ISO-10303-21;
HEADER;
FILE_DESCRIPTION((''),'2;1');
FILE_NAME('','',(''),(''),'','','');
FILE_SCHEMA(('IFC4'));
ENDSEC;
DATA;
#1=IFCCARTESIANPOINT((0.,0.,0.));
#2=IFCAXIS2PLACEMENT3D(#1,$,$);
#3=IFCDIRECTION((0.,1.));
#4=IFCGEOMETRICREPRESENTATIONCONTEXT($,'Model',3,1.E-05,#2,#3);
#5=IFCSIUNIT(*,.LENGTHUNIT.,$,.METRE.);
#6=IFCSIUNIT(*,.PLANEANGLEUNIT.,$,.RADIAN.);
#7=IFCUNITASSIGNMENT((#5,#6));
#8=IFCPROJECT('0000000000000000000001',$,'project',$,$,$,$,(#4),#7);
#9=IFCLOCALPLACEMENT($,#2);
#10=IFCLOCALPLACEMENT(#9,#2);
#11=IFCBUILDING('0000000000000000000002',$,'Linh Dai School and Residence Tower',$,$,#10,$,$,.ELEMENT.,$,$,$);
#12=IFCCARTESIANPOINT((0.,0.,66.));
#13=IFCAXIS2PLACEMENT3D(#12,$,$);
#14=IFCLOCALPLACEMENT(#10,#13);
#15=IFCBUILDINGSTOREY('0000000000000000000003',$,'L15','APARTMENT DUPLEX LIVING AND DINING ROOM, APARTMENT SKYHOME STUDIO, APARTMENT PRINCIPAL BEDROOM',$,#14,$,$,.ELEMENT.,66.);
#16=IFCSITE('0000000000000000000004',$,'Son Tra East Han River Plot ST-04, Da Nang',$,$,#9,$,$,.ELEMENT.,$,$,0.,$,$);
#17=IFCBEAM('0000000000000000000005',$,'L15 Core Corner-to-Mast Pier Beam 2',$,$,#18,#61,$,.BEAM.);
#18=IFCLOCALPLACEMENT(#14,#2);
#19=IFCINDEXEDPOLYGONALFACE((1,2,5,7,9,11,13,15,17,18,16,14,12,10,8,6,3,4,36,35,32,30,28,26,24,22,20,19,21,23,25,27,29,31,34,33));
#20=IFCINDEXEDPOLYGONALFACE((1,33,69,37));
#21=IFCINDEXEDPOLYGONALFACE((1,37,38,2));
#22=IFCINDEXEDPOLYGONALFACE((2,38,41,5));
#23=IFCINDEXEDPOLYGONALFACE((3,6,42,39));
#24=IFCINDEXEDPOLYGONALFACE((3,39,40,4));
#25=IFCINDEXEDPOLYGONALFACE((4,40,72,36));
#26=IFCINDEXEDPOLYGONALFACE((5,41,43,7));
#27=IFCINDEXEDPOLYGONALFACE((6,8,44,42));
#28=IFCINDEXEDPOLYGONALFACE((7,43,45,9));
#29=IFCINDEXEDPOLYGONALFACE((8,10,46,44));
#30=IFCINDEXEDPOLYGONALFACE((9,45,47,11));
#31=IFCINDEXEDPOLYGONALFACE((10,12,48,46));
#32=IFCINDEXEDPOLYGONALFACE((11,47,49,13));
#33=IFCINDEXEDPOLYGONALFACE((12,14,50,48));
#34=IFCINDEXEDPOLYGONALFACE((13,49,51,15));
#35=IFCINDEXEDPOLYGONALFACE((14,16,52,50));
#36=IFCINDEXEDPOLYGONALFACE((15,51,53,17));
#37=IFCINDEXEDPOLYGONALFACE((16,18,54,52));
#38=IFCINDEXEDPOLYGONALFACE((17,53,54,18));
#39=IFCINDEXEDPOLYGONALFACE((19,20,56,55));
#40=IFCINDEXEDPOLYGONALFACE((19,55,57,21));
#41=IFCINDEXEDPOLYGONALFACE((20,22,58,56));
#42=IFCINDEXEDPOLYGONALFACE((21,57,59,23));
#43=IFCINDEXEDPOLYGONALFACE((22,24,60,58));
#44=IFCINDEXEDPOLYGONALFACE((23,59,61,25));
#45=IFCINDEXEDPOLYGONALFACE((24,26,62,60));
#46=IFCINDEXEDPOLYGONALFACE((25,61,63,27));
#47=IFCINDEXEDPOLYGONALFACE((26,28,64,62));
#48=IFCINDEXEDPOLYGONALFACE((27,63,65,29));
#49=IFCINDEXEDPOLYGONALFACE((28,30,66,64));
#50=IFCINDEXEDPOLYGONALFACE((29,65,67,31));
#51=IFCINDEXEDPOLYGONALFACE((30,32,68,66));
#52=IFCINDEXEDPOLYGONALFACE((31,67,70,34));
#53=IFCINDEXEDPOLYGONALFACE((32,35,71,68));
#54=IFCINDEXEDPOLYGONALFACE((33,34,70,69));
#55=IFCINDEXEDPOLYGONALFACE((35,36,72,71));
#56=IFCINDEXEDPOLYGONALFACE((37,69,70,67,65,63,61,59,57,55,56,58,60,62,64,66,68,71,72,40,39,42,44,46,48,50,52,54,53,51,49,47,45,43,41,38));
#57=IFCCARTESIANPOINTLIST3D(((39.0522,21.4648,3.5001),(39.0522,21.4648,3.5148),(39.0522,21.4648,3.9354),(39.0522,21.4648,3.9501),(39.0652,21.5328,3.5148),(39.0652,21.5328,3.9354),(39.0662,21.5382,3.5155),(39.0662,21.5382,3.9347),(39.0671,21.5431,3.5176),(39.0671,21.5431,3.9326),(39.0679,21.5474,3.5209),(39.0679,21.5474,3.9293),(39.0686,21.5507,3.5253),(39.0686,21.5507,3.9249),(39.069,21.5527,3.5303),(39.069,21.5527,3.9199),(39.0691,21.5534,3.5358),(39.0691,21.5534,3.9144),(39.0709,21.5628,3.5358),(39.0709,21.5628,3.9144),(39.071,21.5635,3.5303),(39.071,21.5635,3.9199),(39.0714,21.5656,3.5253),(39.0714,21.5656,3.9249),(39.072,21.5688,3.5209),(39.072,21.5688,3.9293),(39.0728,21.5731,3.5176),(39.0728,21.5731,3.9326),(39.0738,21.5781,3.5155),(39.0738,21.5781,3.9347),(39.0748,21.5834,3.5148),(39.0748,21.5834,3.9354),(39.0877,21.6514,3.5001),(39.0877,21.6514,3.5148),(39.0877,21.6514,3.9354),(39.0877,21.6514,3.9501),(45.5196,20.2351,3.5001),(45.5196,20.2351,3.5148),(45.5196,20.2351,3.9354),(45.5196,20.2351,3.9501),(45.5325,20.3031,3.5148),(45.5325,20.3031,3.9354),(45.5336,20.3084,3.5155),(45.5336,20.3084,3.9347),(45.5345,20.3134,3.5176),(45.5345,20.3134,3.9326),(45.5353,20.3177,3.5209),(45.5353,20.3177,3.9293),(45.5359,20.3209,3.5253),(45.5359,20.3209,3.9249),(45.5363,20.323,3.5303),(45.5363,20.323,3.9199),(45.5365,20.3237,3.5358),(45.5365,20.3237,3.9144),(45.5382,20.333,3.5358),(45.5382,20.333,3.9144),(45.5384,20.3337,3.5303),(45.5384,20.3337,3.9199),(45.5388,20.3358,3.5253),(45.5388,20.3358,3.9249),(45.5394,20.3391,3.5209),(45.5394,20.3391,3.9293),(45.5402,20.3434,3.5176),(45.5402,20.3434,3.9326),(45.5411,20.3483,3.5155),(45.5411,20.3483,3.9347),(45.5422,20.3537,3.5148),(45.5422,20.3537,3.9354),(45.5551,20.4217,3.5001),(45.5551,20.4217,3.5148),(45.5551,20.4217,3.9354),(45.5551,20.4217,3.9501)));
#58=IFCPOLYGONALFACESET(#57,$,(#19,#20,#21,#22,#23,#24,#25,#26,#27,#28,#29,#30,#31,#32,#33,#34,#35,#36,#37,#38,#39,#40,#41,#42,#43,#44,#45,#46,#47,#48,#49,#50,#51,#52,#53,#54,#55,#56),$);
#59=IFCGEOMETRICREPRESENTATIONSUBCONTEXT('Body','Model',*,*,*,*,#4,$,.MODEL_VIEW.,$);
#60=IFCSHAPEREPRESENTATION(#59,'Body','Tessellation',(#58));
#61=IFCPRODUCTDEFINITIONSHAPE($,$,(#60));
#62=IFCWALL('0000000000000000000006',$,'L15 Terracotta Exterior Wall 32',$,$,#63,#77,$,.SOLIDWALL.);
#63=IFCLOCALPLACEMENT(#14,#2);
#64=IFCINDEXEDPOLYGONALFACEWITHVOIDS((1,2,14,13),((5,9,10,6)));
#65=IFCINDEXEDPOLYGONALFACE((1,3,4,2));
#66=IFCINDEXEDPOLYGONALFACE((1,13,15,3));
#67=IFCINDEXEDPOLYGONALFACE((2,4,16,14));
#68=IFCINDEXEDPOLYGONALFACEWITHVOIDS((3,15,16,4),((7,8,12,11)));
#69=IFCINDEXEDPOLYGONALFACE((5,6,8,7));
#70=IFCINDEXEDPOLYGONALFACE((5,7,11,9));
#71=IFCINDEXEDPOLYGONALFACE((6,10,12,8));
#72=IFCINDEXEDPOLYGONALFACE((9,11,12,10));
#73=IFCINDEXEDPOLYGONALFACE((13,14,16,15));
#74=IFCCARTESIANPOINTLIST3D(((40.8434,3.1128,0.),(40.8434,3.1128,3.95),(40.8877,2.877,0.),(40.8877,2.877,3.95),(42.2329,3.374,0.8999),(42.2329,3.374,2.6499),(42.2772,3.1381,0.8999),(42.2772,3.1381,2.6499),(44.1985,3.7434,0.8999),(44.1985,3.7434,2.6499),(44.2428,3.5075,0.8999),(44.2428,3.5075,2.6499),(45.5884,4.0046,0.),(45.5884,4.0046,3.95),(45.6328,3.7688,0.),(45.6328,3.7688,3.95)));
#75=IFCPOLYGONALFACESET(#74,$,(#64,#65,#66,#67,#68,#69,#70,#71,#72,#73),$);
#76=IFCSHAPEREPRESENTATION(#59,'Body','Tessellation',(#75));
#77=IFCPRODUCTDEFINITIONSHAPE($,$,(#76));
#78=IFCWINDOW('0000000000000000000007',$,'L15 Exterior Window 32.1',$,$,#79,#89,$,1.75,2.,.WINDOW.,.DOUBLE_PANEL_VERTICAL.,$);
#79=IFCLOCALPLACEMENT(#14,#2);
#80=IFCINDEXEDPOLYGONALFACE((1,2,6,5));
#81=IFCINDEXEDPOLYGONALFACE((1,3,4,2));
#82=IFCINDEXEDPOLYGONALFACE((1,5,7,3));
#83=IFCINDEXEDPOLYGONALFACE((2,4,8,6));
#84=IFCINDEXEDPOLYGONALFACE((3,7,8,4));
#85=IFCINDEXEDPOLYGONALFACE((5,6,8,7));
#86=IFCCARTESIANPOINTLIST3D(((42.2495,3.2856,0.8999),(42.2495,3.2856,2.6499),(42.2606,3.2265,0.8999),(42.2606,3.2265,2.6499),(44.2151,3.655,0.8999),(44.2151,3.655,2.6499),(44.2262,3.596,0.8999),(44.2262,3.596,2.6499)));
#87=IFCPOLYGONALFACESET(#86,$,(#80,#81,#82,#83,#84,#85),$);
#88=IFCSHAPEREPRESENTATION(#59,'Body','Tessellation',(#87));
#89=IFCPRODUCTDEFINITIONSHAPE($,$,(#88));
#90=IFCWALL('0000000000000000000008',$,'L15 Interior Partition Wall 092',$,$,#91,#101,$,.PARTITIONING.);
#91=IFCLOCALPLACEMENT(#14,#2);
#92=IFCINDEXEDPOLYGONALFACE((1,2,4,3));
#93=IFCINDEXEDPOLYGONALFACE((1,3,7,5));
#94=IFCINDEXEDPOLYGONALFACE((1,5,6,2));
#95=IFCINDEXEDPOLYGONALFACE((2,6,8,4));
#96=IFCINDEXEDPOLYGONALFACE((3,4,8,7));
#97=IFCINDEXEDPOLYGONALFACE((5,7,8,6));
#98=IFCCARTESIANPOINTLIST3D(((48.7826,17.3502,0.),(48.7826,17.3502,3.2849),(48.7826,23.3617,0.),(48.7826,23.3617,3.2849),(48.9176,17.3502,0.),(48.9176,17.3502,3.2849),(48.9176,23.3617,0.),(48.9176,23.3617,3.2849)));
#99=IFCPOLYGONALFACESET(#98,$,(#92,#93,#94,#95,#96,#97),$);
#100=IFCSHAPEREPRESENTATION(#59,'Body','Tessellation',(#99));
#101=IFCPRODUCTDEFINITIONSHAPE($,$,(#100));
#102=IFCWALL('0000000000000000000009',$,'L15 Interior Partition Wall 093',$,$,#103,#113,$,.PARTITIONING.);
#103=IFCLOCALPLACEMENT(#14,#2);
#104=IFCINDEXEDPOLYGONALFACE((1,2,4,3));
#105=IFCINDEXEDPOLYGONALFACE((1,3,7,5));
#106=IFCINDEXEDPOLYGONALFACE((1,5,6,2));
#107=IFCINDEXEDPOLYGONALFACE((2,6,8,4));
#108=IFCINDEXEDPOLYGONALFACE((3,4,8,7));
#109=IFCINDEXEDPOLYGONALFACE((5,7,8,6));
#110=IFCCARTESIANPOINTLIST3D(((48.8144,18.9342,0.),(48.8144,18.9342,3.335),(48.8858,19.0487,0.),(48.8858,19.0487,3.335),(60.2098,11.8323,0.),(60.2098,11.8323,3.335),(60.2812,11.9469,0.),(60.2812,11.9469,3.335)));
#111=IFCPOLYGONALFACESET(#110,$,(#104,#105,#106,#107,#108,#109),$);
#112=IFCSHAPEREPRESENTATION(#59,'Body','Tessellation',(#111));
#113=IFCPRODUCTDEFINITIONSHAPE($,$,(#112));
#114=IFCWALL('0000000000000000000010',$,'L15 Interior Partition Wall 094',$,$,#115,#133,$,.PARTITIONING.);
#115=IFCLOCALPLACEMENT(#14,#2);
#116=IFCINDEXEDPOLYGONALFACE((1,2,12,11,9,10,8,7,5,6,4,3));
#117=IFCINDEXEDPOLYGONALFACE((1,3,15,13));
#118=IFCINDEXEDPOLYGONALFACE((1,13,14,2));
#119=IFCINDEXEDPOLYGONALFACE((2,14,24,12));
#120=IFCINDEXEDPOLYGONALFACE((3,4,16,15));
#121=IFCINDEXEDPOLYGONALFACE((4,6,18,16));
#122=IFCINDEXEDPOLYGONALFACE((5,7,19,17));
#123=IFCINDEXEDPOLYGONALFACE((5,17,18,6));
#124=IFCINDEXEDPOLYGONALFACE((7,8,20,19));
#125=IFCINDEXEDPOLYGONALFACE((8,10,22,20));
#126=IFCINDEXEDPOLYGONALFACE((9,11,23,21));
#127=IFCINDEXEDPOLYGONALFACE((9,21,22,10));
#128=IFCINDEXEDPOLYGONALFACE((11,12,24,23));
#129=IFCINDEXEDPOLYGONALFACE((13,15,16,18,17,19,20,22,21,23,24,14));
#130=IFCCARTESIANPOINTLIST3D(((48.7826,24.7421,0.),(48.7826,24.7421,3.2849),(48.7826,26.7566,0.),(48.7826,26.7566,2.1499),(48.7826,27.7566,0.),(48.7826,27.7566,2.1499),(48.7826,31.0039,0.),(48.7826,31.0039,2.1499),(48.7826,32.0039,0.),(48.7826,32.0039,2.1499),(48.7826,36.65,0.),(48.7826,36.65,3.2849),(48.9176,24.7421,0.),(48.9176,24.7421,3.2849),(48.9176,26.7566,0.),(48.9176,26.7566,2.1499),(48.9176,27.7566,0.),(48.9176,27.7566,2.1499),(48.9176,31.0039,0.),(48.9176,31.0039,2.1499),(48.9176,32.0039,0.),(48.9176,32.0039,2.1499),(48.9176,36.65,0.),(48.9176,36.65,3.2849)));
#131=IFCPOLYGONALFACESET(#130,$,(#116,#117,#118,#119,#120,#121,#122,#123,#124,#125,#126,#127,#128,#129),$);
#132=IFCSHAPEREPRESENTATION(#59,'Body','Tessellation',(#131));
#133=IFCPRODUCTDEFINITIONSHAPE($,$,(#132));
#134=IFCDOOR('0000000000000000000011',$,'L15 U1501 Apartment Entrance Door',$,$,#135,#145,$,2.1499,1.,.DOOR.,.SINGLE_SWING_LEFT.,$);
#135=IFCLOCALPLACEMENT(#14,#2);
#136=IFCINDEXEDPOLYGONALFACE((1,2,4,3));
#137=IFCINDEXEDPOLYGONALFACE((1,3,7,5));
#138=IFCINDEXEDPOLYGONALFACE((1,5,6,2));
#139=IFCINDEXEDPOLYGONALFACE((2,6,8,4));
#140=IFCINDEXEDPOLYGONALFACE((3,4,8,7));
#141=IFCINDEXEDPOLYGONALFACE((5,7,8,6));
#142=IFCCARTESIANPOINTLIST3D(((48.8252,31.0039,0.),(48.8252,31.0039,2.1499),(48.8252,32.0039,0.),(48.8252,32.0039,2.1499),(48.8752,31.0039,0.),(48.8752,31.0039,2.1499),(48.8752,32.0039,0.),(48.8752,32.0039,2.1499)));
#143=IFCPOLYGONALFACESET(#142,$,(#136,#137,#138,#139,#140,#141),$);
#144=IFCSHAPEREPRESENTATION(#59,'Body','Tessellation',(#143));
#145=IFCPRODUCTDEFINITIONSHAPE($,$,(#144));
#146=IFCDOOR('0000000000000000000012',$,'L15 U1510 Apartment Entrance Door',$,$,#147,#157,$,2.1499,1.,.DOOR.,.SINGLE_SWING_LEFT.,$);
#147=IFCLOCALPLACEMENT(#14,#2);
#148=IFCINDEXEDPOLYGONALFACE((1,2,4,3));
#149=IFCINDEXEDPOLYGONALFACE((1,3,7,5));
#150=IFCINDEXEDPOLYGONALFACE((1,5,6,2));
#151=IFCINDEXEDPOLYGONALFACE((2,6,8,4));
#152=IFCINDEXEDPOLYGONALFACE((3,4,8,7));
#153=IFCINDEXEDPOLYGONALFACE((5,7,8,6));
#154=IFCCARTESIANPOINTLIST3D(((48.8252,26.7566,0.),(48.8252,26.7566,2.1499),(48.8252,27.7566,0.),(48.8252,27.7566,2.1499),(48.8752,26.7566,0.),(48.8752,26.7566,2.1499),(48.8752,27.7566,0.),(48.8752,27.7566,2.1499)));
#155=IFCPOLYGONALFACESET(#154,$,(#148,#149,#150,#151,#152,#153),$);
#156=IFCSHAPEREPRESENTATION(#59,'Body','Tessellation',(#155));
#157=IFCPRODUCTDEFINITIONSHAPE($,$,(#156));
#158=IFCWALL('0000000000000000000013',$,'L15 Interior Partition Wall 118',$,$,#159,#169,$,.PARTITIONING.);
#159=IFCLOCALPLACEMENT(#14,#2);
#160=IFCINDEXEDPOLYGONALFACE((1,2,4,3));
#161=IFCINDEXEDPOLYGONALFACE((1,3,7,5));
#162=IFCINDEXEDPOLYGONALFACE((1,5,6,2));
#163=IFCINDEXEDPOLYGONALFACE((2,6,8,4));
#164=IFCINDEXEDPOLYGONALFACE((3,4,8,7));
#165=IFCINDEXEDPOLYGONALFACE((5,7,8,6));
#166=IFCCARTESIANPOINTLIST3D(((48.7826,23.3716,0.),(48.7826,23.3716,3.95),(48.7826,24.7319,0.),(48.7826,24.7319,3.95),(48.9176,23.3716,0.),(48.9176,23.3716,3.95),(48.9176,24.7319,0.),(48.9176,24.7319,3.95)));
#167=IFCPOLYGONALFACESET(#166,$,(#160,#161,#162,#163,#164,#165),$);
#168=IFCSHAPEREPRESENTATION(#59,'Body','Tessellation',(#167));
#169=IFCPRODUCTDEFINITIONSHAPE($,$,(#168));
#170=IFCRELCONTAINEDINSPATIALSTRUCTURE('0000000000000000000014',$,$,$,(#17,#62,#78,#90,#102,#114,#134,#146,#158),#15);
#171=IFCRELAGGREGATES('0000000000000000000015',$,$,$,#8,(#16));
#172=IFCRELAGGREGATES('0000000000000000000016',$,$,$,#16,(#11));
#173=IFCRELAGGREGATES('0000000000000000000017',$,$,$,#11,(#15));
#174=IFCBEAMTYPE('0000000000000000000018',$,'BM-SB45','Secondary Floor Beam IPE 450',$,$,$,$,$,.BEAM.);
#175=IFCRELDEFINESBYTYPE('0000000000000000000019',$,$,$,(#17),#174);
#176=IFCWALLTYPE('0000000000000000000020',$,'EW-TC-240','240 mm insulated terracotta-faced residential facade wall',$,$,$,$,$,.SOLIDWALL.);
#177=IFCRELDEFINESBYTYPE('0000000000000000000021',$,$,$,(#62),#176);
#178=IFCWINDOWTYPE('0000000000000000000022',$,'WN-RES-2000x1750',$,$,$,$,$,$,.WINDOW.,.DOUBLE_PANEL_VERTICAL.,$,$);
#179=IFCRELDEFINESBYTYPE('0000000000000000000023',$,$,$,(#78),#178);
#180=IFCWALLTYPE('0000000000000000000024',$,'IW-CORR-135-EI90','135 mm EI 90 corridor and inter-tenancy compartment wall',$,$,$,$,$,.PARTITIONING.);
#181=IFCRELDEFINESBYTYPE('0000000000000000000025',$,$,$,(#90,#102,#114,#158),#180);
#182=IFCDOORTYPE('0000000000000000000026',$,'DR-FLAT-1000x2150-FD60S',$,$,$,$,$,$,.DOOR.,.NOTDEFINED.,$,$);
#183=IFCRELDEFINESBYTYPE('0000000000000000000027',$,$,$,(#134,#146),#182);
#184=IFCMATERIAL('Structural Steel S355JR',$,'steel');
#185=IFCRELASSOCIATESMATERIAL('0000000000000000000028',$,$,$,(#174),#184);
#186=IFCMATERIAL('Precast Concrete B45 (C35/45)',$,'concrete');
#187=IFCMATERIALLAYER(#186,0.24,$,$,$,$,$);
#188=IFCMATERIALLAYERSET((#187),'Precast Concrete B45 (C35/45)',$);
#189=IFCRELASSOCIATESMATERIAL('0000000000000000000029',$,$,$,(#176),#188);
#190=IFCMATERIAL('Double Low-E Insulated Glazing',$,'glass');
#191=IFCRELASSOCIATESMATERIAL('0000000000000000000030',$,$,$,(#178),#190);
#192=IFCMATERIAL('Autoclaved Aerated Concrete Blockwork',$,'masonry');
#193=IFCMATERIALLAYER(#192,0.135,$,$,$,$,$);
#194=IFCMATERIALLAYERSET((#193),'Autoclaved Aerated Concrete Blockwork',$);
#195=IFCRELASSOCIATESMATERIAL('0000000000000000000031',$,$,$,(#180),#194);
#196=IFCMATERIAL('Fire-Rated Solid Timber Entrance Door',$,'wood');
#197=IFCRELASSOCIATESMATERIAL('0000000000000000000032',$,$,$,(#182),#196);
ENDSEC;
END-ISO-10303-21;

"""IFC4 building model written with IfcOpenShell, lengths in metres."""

from ifc_helpers import new_model, si_unit, direction, frame, frame_2d, origin, origin_2d, place, context, subcontext, project, spatial, rectangle, i_section, extrude, source, transform, mapped, material, layer, layer_set, material_profile, profile_set, type_object, element, fill, save


model = new_model("IFC4")

# Units and contexts
model_context = context("Model", 3, precision=1e-05, world=origin(), true_north=direction((0.0, 1.0)))
body_context = subcontext(model_context, "Body", "Model", "MODEL_VIEW")
ifc_project = project(units=[si_unit("LENGTHUNIT", "METRE"), si_unit("PLANEANGLEUNIT", "RADIAN")], contexts=[model_context])

# Site, building, storey
site_placement = place(None, origin())
site = spatial("IfcSite", under=ifc_project, at=site_placement, Name="Son Tra East Han River Plot ST-04, Da Nang", CompositionType="ELEMENT", RefElevation=0.0)
building_placement = place(site_placement, origin())
building = spatial("IfcBuilding", under=site, at=building_placement, Name="Linh Dai School and Residence Tower", CompositionType="ELEMENT")
storey_placement = place(building_placement, frame((0.0, 0.0, 66.0)))
storey = spatial("IfcBuildingStorey", under=building, at=storey_placement, Name="L15", Description="APARTMENT DUPLEX LIVING AND DINING ROOM, APARTMENT SKYHOME STUDIO, APARTMENT PRINCIPAL BEDROOM", CompositionType="ELEMENT", Elevation=66.0)

# Shared definitions
ifc_material_1 = material(Name="Structural Steel S355JR", Category="steel")

# Beam
ifc_material_profile_1 = material_profile(ifc_material_1, i_section(OverallWidth=0.1899, OverallDepth=0.45, WebThickness=0.0095, FlangeThickness=0.0146, FilletRadius=0.021, at=origin_2d()), Name="IPE 450")
ifc_profile_set_1 = profile_set([ifc_material_profile_1], Name="Structural Steel S355JR")
beam_type_1 = type_object("IfcBeamType", Name="BM-SB45", Description="Secondary Floor Beam IPE 450", PredefinedType="BEAM", material=ifc_profile_set_1)
beam_1_placement = place(storey_placement, frame((45.5374, 20.3284, 3.7251), z_axis=(-0.982398, 0.1868, 0.0), x_axis=(-0.1868, -0.982398, 0.0)))
element("IfcBeam", 1, at=beam_1_placement, inside=storey, type_object=beam_type_1, Name="L15 Core Corner-to-Mast Pier Beam 2", PredefinedType="BEAM", context=body_context, shape_type="SweptSolid", body=[
    extrude(i_section(OverallWidth=0.1899, OverallDepth=0.45, WebThickness=0.0095, FlangeThickness=0.0146, FilletRadius=0.021, at=origin_2d()), origin(), (0.0, 0.0, 1.0), 6.5833),
])

# Wall, opening, window
ifc_material_2 = material(Name="Precast Concrete B45 (C35/45)", Category="concrete")
ifc_layer_1 = layer(ifc_material_2, 0.24)
ifc_layer_set_1 = layer_set([ifc_layer_1], Name="Precast Concrete B45 (C35/45)")
wall_type_1 = type_object("IfcWallType", Name="EW-TC-240", Description="240 mm insulated terracotta-faced residential facade wall", PredefinedType="SOLIDWALL", material=ifc_layer_set_1)
wall_1_placement = place(storey_placement, frame((45.6106, 3.8867, 0.0), z_axis=(0.0, 0.0, 1.0), x_axis=(-0.982792, -0.184716, 0.0)))
wall_1 = element("IfcWall", 2, at=wall_1_placement, inside=storey, type_object=wall_type_1, Name="L15 Terracotta Exterior Wall 32", PredefinedType="SOLIDWALL", context=body_context, shape_type="SweptSolid", body=[
    extrude(rectangle(XDim=4.8281, YDim=0.24, at=frame_2d((2.4141, 0.0))), origin(), (0.0, 0.0, 1.0), 3.95),
])
opening_1_placement = place(wall_1_placement, frame((1.4143, 0.0, 0.8999)))
opening_1 = element("IfcOpeningElement", 3, at=opening_1_placement, cuts=wall_1, PredefinedType="OPENING", context=body_context, shape_type="SweptSolid", body=[
    extrude(rectangle(XDim=2.0, YDim=1.75, at=origin_2d()), frame((1.0, 0.1299, 0.875), z_axis=(0.0, -1.0, 0.0), x_axis=(1.0, 0.0, 0.0)), (0.0, 0.0, 1.0), 0.26),
])
ifc_material_3 = material(Name="Double Low-E Insulated Glazing", Category="glass")
window_type = type_object("IfcWindowType", Name="WN-RES-2000x1750", PartitioningType="DOUBLE_PANEL_VERTICAL", PredefinedType="WINDOW", material=ifc_material_3)
shared_shape_1 = source(origin(), body_context, "Body", "SweptSolid", [
    extrude(rectangle(XDim=2.0, YDim=1.75, at=origin_2d()), frame((1.0, 0.03, 0.875), z_axis=(0.0, -1.0, 0.0), x_axis=(1.0, 0.0, 0.0)), (0.0, 0.0, 1.0), 0.0601),
])
window_placement = place(opening_1_placement, origin())
window = element("IfcWindow", 4, at=window_placement, inside=storey, type_object=window_type, Name="L15 Exterior Window 32.1", OverallHeight=1.75, OverallWidth=2.0, PartitioningType="DOUBLE_PANEL_VERTICAL", PredefinedType="WINDOW", context=body_context, shape_type="MappedRepresentation", body=[
    mapped(shared_shape_1, transform((0.0, 0.0, 0.0), x_axis=(1.0, 0.0, 0.0), y_axis=(0.0, 1.0, 0.0), z_axis=(0.0, 0.0, 1.0), scale=1.0)),
])
fill(opening_1, window)

# Walls
ifc_material_4 = material(Name="Autoclaved Aerated Concrete Blockwork", Category="masonry")
ifc_layer_2 = layer(ifc_material_4, 0.135)
ifc_layer_set_2 = layer_set([ifc_layer_2], Name="Autoclaved Aerated Concrete Blockwork")
wall_type_2 = type_object("IfcWallType", Name="IW-CORR-135-EI90", Description="135 mm EI 90 corridor and inter-tenancy compartment wall", PredefinedType="PARTITIONING", material=ifc_layer_set_2)
wall_2_placement = place(storey_placement, frame((48.8501, 17.3501, 0.0), z_axis=(0.0, 0.0, 1.0), x_axis=(0.0, 1.0, 0.0)))
element("IfcWall", 5, at=wall_2_placement, inside=storey, type_object=wall_type_2, Name="L15 Interior Partition Wall 092", PredefinedType="PARTITIONING", context=body_context, shape_type="SweptSolid", body=[
    extrude(rectangle(XDim=6.0115, YDim=0.135, at=frame_2d((3.0059, 0.0))), origin(), (0.0, 0.0, 1.0), 3.2849),
])
wall_3_placement = place(storey_placement, frame((48.8501, 18.9915, 0.0), z_axis=(0.0, 0.0, 1.0), x_axis=(0.848675, -0.528915, 0.0)))
element("IfcWall", 6, at=wall_3_placement, inside=storey, type_object=wall_type_2, Name="L15 Interior Partition Wall 093", PredefinedType="PARTITIONING", context=body_context, shape_type="SweptSolid", body=[
    extrude(rectangle(XDim=13.4272, YDim=0.135, at=frame_2d((6.7136, 0.0))), origin(), (0.0, 0.0, 1.0), 3.335),
])

# Wall, openings, doors
wall_4_placement = place(storey_placement, frame((48.8501, 24.7419, 0.0), z_axis=(0.0, 0.0, 1.0), x_axis=(0.0, 1.0, 0.0)))
wall_4 = element("IfcWall", 7, at=wall_4_placement, inside=storey, type_object=wall_type_2, Name="L15 Interior Partition Wall 094", PredefinedType="PARTITIONING", context=body_context, shape_type="SweptSolid", body=[
    extrude(rectangle(XDim=11.908, YDim=0.135, at=frame_2d((5.9541, 0.0))), origin(), (0.0, 0.0, 1.0), 3.2849),
])
opening_2_placement = place(wall_4_placement, frame((6.262, 0.0, 0.0)))
opening_2 = element("IfcOpeningElement", 8, at=opening_2_placement, cuts=wall_4, PredefinedType="OPENING", context=body_context, shape_type="SweptSolid", body=[
    extrude(rectangle(XDim=1.0, YDim=2.1499, at=origin_2d()), frame((0.5, 0.0776, 1.075), z_axis=(0.0, -1.0, 0.0), x_axis=(1.0, 0.0, 0.0)), (0.0, 0.0, 1.0), 0.155),
])
opening_3_placement = place(wall_4_placement, frame((2.0146, 0.0, 0.0)))
opening_3 = element("IfcOpeningElement", 9, at=opening_3_placement, cuts=wall_4, PredefinedType="OPENING", context=body_context, shape_type="SweptSolid", body=[
    extrude(rectangle(XDim=1.0, YDim=2.1499, at=origin_2d()), frame((0.5, 0.0776, 1.075), z_axis=(0.0, -1.0, 0.0), x_axis=(1.0, 0.0, 0.0)), (0.0, 0.0, 1.0), 0.155),
])
ifc_material_5 = material(Name="Fire-Rated Solid Timber Entrance Door", Category="wood")
door_type_1 = type_object("IfcDoorType", Name="DR-FLAT-1000x2150-FD60S", OperationType="NOTDEFINED", PredefinedType="DOOR", material=ifc_material_5)
shared_shape_2 = source(origin(), body_context, "Body", "SweptSolid", [
    extrude(rectangle(XDim=1.0, YDim=2.1499, at=origin_2d()), frame((0.5, 0.0249, 1.075), z_axis=(0.0, -1.0, 0.0), x_axis=(1.0, 0.0, 0.0)), (0.0, 0.0, 1.0), 0.05),
])
door_1_placement = place(opening_2_placement, origin())
door_1 = element("IfcDoor", 10, at=door_1_placement, inside=storey, type_object=door_type_1, Name="L15 U1501 Apartment Entrance Door", OperationType="SINGLE_SWING_LEFT", OverallHeight=2.1499, OverallWidth=1.0, PredefinedType="DOOR", context=body_context, shape_type="MappedRepresentation", body=[
    mapped(shared_shape_2, transform((0.0, 0.0, 0.0), x_axis=(1.0, 0.0, 0.0), y_axis=(0.0, 1.0, 0.0), z_axis=(0.0, 0.0, 1.0), scale=1.0)),
])
fill(opening_2, door_1)
door_2_placement = place(opening_3_placement, origin())
door_2 = element("IfcDoor", 11, at=door_2_placement, inside=storey, type_object=door_type_1, Name="L15 U1510 Apartment Entrance Door", OperationType="SINGLE_SWING_LEFT", OverallHeight=2.1499, OverallWidth=1.0, PredefinedType="DOOR", context=body_context, shape_type="MappedRepresentation", body=[
    mapped(shared_shape_2, transform((0.0, 0.0, 0.0), x_axis=(1.0, 0.0, 0.0), y_axis=(0.0, 1.0, 0.0), z_axis=(0.0, 0.0, 1.0), scale=1.0)),
])
fill(opening_3, door_2)

# Wall
wall_5_placement = place(storey_placement, frame((48.8501, 24.7319, 0.0), z_axis=(0.0, 0.0, 1.0), x_axis=(0.0, -1.0, 0.0)))
element("IfcWall", 12, at=wall_5_placement, inside=storey, type_object=wall_type_2, Name="L15 Interior Partition Wall 118", PredefinedType="PARTITIONING", context=body_context, shape_type="SweptSolid", body=[
    extrude(rectangle(XDim=1.3604, YDim=0.135, at=frame_2d((0.6802, 0.0))), origin(), (0.0, 0.0, 1.0), 3.95),
])

save(model, "model.ifc")
